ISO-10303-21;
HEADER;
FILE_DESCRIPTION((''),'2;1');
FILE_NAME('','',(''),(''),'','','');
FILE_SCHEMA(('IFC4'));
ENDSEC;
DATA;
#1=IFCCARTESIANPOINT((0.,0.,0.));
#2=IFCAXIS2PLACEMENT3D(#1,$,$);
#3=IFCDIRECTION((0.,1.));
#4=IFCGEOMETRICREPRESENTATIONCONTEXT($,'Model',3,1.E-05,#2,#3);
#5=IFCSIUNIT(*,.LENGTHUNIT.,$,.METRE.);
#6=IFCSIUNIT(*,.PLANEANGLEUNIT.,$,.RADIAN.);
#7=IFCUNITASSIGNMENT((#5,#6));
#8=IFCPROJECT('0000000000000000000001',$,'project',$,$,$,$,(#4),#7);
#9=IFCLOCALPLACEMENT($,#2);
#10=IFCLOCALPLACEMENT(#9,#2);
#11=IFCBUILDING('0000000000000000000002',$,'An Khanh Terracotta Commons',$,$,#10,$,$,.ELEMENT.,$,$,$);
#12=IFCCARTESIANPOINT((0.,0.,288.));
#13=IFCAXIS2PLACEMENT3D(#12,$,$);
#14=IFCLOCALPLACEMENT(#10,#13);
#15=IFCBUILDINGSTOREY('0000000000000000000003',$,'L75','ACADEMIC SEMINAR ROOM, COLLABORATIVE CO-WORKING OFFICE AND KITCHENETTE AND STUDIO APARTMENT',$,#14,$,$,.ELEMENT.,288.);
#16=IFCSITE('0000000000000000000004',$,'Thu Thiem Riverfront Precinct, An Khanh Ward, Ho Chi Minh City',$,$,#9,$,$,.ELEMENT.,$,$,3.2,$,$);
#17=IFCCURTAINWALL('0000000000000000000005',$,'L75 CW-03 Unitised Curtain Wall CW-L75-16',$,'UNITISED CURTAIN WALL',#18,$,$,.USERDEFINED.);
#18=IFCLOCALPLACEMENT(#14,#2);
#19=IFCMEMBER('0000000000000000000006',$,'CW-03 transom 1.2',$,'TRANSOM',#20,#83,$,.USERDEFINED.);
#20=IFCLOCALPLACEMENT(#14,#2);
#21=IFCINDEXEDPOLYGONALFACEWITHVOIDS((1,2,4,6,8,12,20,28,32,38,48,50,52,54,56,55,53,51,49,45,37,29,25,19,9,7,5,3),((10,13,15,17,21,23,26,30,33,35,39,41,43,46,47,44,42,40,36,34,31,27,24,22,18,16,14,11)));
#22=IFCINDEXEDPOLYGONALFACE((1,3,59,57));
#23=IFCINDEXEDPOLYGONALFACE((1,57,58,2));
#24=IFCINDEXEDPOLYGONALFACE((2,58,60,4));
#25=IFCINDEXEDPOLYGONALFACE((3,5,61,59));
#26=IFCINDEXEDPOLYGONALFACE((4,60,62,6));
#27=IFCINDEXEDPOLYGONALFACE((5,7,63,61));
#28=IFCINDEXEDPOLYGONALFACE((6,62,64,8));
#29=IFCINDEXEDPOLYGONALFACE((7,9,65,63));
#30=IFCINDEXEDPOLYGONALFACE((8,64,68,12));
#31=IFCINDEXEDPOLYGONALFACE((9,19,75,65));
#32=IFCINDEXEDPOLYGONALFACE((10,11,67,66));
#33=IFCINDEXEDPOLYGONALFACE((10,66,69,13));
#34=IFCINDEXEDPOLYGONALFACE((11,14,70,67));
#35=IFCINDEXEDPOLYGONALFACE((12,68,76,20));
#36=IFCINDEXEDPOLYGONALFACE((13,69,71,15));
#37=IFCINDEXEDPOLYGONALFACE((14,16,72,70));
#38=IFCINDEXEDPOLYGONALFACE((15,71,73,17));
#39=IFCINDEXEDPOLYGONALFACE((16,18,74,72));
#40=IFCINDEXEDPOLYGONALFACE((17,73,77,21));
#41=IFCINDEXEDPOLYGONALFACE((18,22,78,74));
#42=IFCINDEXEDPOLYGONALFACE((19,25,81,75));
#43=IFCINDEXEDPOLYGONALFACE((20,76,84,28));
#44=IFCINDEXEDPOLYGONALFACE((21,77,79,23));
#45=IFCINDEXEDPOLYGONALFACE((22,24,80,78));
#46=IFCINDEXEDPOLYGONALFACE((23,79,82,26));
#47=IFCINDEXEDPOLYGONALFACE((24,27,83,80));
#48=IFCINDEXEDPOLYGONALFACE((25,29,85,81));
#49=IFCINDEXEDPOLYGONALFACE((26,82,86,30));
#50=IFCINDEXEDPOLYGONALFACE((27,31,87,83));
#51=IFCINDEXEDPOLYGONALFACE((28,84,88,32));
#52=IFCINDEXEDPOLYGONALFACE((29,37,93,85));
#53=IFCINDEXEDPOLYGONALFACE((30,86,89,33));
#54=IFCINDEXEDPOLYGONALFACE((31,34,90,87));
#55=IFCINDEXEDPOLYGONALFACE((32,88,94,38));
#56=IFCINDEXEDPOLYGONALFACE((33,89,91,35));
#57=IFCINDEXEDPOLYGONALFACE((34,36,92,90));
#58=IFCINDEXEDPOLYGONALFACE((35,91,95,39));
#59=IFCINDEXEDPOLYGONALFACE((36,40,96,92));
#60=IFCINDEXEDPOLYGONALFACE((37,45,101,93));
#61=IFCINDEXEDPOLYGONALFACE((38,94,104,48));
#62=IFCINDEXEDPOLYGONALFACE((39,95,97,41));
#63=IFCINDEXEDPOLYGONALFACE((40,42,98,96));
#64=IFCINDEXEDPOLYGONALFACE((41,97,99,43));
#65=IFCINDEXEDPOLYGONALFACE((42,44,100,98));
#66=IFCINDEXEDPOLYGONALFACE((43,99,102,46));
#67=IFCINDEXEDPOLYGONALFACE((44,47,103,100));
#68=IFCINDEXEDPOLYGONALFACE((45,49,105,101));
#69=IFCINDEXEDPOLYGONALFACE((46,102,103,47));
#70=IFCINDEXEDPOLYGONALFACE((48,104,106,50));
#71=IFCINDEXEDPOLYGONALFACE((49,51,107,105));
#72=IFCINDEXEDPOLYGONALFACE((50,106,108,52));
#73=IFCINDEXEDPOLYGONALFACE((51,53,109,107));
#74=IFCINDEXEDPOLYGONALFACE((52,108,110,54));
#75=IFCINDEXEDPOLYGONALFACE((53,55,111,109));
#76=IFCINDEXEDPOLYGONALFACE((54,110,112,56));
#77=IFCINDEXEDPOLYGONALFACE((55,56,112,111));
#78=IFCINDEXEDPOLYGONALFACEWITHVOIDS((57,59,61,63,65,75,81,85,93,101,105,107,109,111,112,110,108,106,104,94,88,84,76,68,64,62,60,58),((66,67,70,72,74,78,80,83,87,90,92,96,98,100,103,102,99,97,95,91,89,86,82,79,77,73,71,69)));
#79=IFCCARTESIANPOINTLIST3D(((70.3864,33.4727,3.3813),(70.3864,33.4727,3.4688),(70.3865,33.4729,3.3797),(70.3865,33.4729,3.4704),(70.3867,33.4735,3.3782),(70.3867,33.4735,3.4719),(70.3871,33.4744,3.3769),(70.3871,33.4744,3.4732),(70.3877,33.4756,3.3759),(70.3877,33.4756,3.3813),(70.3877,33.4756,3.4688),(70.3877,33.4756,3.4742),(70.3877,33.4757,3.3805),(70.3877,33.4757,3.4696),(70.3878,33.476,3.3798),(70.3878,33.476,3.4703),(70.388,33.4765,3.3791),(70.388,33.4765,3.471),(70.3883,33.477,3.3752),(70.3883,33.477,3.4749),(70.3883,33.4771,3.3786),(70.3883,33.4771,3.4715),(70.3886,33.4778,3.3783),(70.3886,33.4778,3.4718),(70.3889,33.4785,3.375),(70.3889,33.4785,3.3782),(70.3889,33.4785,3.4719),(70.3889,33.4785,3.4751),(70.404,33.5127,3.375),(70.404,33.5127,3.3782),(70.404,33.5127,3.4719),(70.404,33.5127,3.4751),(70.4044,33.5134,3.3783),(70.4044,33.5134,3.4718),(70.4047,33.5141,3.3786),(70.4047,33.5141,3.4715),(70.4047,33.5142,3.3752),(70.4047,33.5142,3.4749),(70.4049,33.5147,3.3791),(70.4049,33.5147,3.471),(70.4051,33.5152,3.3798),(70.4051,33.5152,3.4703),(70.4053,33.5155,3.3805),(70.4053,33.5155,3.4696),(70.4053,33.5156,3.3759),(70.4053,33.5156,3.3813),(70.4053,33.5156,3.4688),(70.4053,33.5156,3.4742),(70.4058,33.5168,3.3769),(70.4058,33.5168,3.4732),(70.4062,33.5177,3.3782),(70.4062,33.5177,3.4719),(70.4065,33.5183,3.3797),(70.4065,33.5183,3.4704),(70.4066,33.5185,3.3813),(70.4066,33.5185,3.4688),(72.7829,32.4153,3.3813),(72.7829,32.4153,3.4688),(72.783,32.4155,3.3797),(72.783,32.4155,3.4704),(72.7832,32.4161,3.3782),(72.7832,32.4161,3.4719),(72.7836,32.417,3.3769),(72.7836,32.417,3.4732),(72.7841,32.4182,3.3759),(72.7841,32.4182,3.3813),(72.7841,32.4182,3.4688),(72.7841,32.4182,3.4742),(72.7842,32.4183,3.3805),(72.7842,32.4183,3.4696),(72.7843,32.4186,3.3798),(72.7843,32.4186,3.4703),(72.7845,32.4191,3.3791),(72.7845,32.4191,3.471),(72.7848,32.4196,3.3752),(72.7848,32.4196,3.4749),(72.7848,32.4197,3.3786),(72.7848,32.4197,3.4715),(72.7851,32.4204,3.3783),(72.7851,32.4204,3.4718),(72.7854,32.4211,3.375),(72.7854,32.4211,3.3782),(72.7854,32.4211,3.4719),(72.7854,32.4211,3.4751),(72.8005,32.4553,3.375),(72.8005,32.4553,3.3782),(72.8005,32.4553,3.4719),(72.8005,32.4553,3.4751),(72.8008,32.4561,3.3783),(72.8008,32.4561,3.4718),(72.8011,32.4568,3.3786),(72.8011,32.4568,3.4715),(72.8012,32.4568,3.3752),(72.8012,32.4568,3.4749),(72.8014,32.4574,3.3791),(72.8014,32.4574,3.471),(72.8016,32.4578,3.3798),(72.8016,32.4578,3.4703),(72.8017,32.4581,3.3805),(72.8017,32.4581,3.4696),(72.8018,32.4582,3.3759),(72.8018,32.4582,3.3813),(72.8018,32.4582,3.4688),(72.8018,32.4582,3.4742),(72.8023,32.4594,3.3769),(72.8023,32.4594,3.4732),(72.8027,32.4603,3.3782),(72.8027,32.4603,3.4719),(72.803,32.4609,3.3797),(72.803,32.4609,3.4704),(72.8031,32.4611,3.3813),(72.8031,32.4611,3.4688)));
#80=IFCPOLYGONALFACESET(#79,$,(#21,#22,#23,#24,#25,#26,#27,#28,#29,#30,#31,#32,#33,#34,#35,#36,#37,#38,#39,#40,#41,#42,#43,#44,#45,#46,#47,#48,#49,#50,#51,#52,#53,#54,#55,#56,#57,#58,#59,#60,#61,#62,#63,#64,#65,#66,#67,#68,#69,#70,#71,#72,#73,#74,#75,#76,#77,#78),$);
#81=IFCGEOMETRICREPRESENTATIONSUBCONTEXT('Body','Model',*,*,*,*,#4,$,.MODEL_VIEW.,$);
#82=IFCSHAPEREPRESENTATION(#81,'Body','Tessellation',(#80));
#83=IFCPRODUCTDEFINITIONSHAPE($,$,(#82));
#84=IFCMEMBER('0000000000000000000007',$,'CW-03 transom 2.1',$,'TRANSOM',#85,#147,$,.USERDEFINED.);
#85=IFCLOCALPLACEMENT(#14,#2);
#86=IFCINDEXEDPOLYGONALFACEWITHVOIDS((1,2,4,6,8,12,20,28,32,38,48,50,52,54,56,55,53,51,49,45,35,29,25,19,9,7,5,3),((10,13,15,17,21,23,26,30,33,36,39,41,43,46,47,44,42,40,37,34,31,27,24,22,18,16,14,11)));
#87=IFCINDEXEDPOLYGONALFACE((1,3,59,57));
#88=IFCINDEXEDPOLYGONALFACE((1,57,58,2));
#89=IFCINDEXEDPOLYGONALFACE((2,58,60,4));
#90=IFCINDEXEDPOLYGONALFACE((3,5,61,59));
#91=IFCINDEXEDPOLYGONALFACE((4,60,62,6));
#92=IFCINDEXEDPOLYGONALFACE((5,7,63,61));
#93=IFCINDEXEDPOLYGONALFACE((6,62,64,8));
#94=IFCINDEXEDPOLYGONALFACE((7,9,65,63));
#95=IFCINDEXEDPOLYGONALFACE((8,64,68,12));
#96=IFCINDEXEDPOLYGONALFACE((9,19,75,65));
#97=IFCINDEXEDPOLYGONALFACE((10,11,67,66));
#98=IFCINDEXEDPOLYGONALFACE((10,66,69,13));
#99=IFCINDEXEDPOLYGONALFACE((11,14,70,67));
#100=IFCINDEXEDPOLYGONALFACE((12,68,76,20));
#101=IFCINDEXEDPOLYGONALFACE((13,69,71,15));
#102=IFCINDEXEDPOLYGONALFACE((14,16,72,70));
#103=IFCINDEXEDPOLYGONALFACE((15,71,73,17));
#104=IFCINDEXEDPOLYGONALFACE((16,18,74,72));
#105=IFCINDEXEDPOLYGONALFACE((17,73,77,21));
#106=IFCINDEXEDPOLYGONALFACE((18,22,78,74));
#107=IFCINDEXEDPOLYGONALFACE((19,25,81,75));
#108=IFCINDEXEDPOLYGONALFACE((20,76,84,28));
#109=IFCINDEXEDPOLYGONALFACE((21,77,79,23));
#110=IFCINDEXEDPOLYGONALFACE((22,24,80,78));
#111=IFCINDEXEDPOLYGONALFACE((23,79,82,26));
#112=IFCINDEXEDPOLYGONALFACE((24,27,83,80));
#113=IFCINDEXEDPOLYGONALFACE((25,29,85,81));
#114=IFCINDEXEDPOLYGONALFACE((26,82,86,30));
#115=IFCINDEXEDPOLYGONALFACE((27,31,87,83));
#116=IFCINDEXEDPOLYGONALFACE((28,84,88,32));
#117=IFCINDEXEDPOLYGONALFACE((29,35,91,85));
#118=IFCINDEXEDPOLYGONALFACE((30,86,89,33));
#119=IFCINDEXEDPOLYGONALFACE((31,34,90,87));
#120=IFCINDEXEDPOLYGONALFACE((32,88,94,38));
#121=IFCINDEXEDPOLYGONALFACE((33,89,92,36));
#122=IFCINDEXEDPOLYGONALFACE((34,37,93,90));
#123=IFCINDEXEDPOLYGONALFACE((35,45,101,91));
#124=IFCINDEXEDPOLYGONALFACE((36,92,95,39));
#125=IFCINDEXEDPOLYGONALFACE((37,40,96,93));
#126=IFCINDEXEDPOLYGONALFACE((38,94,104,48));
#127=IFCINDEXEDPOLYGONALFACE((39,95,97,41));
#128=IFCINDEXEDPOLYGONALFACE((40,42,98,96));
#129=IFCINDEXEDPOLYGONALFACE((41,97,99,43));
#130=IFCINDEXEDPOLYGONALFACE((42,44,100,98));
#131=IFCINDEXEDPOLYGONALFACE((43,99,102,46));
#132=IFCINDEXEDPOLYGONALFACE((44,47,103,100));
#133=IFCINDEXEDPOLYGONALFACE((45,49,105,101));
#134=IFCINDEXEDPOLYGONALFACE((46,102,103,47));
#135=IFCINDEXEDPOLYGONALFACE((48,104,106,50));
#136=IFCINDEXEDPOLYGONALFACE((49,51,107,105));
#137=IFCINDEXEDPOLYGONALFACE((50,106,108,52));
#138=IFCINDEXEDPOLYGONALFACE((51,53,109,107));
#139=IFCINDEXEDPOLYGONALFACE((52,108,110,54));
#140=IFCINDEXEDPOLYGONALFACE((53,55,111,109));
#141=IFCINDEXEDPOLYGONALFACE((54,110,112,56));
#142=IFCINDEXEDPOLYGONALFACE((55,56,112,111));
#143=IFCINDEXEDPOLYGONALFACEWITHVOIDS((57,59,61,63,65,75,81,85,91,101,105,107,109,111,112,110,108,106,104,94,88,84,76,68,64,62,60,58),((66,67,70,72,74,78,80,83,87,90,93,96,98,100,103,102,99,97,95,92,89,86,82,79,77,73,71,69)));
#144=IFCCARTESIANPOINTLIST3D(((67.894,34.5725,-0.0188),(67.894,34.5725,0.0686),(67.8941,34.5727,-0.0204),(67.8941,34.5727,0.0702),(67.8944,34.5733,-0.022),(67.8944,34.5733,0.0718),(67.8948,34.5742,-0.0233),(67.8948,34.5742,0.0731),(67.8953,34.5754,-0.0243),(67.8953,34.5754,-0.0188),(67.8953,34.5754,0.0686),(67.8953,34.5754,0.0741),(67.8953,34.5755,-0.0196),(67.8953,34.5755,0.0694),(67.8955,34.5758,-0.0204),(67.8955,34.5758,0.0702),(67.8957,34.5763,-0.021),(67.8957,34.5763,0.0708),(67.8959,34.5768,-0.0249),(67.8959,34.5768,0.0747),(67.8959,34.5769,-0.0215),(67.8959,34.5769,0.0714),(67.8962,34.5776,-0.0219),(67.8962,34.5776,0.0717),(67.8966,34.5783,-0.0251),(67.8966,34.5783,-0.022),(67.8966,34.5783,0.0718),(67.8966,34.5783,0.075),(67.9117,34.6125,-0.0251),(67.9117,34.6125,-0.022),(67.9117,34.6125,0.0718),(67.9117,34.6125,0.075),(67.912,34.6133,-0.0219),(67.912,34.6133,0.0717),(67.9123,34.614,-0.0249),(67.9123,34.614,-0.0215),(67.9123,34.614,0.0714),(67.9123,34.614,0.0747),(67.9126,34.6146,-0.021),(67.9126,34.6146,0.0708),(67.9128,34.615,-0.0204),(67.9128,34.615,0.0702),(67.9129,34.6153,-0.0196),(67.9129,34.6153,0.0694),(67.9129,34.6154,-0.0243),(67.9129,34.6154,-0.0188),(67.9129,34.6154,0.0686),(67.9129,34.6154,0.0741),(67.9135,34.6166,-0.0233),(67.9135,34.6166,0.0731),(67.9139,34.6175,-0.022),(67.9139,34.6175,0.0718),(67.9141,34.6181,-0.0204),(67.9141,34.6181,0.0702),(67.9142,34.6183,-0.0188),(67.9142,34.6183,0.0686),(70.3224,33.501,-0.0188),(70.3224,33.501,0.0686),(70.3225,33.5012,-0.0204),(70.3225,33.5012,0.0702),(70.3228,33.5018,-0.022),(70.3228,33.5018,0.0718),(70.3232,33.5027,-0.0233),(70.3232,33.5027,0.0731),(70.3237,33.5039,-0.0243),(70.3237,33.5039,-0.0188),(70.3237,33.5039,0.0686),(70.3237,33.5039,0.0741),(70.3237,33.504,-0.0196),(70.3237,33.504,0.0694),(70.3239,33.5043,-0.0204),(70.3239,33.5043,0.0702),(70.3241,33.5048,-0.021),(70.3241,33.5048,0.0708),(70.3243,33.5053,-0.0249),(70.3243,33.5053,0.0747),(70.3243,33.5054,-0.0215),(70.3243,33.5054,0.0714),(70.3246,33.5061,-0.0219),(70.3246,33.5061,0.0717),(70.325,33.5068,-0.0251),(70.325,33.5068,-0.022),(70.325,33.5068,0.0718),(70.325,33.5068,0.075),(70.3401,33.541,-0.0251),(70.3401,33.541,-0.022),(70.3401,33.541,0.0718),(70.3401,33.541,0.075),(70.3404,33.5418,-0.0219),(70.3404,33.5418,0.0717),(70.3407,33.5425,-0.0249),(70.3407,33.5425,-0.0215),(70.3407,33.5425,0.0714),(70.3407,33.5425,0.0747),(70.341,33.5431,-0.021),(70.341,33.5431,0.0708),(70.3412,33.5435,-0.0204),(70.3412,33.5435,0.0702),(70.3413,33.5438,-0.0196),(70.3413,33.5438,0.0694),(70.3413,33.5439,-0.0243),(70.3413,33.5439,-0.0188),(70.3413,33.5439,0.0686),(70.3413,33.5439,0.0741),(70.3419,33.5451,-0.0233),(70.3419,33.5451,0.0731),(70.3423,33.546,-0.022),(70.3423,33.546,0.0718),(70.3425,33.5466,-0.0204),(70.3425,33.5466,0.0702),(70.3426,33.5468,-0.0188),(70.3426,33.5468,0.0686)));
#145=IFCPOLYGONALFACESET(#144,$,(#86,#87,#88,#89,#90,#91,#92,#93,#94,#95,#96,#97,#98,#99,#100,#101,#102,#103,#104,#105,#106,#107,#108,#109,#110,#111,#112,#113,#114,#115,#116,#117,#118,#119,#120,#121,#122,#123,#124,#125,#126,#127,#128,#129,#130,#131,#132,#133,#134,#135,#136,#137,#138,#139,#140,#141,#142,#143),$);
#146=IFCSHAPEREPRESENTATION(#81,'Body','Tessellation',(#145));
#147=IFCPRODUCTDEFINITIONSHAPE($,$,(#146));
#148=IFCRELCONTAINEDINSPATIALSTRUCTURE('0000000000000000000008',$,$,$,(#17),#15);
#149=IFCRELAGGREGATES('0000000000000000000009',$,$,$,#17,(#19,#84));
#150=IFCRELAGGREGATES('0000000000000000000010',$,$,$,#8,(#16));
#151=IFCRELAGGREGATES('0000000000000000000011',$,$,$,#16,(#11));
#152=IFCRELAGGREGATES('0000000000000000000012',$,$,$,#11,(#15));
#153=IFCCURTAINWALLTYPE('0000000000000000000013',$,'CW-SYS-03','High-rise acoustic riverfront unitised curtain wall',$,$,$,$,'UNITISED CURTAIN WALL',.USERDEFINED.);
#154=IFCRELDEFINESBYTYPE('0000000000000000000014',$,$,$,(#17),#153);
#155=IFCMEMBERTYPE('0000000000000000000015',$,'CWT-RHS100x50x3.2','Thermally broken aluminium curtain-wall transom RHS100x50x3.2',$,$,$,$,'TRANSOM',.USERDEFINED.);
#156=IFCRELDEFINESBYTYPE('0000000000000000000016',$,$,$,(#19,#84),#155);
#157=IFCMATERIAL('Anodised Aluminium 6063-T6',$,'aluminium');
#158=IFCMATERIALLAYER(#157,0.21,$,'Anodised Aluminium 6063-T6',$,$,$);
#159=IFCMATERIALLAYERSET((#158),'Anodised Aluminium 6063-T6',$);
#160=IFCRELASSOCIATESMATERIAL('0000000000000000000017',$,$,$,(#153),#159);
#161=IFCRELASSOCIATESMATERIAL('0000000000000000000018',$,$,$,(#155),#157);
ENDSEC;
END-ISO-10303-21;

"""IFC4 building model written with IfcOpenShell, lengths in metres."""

from ifc_helpers import new_model, si_unit, direction, frame, origin, origin_2d, place, context, subcontext, project, spatial, hollow_rectangle, extrude, material, layer, layer_set, material_profile, profile_set, type_object, element, aggregate, save


model = new_model("IFC4")

# Units and contexts
model_context = context("Model", 3, precision=1e-05, world=origin(), true_north=direction((0.0, 1.0)))
body_context = subcontext(model_context, "Body", "Model", "MODEL_VIEW")
ifc_project = project(units=[si_unit("LENGTHUNIT", "METRE"), si_unit("PLANEANGLEUNIT", "RADIAN")], contexts=[model_context])

# Site, building, storey
site_placement = place(None, origin())
site = spatial("IfcSite", under=ifc_project, at=site_placement, Name="Thu Thiem Riverfront Precinct, An Khanh Ward, Ho Chi Minh City", CompositionType="ELEMENT", RefElevation=3.2)
building_placement = place(site_placement, origin())
building = spatial("IfcBuilding", under=site, at=building_placement, Name="An Khanh Terracotta Commons", CompositionType="ELEMENT")
storey_placement = place(building_placement, frame((0.0, 0.0, 288.0)))
storey = spatial("IfcBuildingStorey", under=building, at=storey_placement, Name="L75", Description="ACADEMIC SEMINAR ROOM, COLLABORATIVE CO-WORKING OFFICE AND KITCHENETTE AND STUDIO APARTMENT", CompositionType="ELEMENT", Elevation=288.0)

# Shared definitions
ifc_material_1 = material(Name="Anodised Aluminium 6063-T6", Category="aluminium")

# Curtain wall, members
ifc_layer_1 = layer(ifc_material_1, 0.21, Name="Anodised Aluminium 6063-T6")
ifc_layer_set_1 = layer_set([ifc_layer_1], Name="Anodised Aluminium 6063-T6")
curtain_wall_type_1 = type_object("IfcCurtainWallType", Name="CW-SYS-03", Description="High-rise acoustic riverfront unitised curtain wall", ElementType="UNITISED CURTAIN WALL", PredefinedType="USERDEFINED", material=ifc_layer_set_1)
curtain_wall_1_placement = place(storey_placement, origin())
curtain_wall_1 = element("IfcCurtainWall", 1, at=curtain_wall_1_placement, inside=storey, type_object=curtain_wall_type_1, Name="L75 CW-03 Unitised Curtain Wall CW-L75-16", ObjectType="UNITISED CURTAIN WALL", PredefinedType="USERDEFINED")
ifc_material_profile_1 = material_profile(ifc_material_1, hollow_rectangle(XDim=0.05, YDim=0.1001, WallThickness=0.0032, InnerFilletRadius=0.0032, OuterFilletRadius=0.0063, at=origin_2d()), Name="RHS100x50x3.2")
ifc_profile_set_1 = profile_set([ifc_material_profile_1], Name="Anodised Aluminium 6063-T6")
member_type_1 = type_object("IfcMemberType", Name="CWT-RHS100x50x3.2", Description="Thermally broken aluminium curtain-wall transom RHS100x50x3.2", ElementType="TRANSOM", PredefinedType="USERDEFINED", material=ifc_profile_set_1)
member_1_placement = place(storey_placement, frame((72.793, 32.4382, 3.425), z_axis=(-0.914904, 0.403672, 0.0), x_axis=(-0.403672, -0.914904, 0.0)))
member_1 = element("IfcMember", 2, at=member_1_placement, type_object=member_type_1, Name="CW-03 transom 1.2", ObjectType="TRANSOM", PredefinedType="USERDEFINED", context=body_context, shape_type="SweptSolid", body=[
    extrude(hollow_rectangle(XDim=0.05, YDim=0.1001, WallThickness=0.0032, InnerFilletRadius=0.0032, OuterFilletRadius=0.0063, at=origin_2d()), origin(), (0.0, 0.0, 1.0), 2.6194),
])
member_2_placement = place(storey_placement, frame((70.3325, 33.5239, 0.0249), z_axis=(-0.914897, 0.403688, 0.0), x_axis=(-0.403688, -0.914897, 0.0)))
member_2 = element("IfcMember", 3, at=member_2_placement, type_object=member_type_1, Name="CW-03 transom 2.1", ObjectType="TRANSOM", PredefinedType="USERDEFINED", context=body_context, shape_type="SweptSolid", body=[
    extrude(hollow_rectangle(XDim=0.05, YDim=0.1001, WallThickness=0.0032, InnerFilletRadius=0.0032, OuterFilletRadius=0.0063, at=origin_2d()), origin(), (0.0, 0.0, 1.0), 2.6543),
])

aggregate(curtain_wall_1, [member_1, member_2])

save(model, "model.ifc")
